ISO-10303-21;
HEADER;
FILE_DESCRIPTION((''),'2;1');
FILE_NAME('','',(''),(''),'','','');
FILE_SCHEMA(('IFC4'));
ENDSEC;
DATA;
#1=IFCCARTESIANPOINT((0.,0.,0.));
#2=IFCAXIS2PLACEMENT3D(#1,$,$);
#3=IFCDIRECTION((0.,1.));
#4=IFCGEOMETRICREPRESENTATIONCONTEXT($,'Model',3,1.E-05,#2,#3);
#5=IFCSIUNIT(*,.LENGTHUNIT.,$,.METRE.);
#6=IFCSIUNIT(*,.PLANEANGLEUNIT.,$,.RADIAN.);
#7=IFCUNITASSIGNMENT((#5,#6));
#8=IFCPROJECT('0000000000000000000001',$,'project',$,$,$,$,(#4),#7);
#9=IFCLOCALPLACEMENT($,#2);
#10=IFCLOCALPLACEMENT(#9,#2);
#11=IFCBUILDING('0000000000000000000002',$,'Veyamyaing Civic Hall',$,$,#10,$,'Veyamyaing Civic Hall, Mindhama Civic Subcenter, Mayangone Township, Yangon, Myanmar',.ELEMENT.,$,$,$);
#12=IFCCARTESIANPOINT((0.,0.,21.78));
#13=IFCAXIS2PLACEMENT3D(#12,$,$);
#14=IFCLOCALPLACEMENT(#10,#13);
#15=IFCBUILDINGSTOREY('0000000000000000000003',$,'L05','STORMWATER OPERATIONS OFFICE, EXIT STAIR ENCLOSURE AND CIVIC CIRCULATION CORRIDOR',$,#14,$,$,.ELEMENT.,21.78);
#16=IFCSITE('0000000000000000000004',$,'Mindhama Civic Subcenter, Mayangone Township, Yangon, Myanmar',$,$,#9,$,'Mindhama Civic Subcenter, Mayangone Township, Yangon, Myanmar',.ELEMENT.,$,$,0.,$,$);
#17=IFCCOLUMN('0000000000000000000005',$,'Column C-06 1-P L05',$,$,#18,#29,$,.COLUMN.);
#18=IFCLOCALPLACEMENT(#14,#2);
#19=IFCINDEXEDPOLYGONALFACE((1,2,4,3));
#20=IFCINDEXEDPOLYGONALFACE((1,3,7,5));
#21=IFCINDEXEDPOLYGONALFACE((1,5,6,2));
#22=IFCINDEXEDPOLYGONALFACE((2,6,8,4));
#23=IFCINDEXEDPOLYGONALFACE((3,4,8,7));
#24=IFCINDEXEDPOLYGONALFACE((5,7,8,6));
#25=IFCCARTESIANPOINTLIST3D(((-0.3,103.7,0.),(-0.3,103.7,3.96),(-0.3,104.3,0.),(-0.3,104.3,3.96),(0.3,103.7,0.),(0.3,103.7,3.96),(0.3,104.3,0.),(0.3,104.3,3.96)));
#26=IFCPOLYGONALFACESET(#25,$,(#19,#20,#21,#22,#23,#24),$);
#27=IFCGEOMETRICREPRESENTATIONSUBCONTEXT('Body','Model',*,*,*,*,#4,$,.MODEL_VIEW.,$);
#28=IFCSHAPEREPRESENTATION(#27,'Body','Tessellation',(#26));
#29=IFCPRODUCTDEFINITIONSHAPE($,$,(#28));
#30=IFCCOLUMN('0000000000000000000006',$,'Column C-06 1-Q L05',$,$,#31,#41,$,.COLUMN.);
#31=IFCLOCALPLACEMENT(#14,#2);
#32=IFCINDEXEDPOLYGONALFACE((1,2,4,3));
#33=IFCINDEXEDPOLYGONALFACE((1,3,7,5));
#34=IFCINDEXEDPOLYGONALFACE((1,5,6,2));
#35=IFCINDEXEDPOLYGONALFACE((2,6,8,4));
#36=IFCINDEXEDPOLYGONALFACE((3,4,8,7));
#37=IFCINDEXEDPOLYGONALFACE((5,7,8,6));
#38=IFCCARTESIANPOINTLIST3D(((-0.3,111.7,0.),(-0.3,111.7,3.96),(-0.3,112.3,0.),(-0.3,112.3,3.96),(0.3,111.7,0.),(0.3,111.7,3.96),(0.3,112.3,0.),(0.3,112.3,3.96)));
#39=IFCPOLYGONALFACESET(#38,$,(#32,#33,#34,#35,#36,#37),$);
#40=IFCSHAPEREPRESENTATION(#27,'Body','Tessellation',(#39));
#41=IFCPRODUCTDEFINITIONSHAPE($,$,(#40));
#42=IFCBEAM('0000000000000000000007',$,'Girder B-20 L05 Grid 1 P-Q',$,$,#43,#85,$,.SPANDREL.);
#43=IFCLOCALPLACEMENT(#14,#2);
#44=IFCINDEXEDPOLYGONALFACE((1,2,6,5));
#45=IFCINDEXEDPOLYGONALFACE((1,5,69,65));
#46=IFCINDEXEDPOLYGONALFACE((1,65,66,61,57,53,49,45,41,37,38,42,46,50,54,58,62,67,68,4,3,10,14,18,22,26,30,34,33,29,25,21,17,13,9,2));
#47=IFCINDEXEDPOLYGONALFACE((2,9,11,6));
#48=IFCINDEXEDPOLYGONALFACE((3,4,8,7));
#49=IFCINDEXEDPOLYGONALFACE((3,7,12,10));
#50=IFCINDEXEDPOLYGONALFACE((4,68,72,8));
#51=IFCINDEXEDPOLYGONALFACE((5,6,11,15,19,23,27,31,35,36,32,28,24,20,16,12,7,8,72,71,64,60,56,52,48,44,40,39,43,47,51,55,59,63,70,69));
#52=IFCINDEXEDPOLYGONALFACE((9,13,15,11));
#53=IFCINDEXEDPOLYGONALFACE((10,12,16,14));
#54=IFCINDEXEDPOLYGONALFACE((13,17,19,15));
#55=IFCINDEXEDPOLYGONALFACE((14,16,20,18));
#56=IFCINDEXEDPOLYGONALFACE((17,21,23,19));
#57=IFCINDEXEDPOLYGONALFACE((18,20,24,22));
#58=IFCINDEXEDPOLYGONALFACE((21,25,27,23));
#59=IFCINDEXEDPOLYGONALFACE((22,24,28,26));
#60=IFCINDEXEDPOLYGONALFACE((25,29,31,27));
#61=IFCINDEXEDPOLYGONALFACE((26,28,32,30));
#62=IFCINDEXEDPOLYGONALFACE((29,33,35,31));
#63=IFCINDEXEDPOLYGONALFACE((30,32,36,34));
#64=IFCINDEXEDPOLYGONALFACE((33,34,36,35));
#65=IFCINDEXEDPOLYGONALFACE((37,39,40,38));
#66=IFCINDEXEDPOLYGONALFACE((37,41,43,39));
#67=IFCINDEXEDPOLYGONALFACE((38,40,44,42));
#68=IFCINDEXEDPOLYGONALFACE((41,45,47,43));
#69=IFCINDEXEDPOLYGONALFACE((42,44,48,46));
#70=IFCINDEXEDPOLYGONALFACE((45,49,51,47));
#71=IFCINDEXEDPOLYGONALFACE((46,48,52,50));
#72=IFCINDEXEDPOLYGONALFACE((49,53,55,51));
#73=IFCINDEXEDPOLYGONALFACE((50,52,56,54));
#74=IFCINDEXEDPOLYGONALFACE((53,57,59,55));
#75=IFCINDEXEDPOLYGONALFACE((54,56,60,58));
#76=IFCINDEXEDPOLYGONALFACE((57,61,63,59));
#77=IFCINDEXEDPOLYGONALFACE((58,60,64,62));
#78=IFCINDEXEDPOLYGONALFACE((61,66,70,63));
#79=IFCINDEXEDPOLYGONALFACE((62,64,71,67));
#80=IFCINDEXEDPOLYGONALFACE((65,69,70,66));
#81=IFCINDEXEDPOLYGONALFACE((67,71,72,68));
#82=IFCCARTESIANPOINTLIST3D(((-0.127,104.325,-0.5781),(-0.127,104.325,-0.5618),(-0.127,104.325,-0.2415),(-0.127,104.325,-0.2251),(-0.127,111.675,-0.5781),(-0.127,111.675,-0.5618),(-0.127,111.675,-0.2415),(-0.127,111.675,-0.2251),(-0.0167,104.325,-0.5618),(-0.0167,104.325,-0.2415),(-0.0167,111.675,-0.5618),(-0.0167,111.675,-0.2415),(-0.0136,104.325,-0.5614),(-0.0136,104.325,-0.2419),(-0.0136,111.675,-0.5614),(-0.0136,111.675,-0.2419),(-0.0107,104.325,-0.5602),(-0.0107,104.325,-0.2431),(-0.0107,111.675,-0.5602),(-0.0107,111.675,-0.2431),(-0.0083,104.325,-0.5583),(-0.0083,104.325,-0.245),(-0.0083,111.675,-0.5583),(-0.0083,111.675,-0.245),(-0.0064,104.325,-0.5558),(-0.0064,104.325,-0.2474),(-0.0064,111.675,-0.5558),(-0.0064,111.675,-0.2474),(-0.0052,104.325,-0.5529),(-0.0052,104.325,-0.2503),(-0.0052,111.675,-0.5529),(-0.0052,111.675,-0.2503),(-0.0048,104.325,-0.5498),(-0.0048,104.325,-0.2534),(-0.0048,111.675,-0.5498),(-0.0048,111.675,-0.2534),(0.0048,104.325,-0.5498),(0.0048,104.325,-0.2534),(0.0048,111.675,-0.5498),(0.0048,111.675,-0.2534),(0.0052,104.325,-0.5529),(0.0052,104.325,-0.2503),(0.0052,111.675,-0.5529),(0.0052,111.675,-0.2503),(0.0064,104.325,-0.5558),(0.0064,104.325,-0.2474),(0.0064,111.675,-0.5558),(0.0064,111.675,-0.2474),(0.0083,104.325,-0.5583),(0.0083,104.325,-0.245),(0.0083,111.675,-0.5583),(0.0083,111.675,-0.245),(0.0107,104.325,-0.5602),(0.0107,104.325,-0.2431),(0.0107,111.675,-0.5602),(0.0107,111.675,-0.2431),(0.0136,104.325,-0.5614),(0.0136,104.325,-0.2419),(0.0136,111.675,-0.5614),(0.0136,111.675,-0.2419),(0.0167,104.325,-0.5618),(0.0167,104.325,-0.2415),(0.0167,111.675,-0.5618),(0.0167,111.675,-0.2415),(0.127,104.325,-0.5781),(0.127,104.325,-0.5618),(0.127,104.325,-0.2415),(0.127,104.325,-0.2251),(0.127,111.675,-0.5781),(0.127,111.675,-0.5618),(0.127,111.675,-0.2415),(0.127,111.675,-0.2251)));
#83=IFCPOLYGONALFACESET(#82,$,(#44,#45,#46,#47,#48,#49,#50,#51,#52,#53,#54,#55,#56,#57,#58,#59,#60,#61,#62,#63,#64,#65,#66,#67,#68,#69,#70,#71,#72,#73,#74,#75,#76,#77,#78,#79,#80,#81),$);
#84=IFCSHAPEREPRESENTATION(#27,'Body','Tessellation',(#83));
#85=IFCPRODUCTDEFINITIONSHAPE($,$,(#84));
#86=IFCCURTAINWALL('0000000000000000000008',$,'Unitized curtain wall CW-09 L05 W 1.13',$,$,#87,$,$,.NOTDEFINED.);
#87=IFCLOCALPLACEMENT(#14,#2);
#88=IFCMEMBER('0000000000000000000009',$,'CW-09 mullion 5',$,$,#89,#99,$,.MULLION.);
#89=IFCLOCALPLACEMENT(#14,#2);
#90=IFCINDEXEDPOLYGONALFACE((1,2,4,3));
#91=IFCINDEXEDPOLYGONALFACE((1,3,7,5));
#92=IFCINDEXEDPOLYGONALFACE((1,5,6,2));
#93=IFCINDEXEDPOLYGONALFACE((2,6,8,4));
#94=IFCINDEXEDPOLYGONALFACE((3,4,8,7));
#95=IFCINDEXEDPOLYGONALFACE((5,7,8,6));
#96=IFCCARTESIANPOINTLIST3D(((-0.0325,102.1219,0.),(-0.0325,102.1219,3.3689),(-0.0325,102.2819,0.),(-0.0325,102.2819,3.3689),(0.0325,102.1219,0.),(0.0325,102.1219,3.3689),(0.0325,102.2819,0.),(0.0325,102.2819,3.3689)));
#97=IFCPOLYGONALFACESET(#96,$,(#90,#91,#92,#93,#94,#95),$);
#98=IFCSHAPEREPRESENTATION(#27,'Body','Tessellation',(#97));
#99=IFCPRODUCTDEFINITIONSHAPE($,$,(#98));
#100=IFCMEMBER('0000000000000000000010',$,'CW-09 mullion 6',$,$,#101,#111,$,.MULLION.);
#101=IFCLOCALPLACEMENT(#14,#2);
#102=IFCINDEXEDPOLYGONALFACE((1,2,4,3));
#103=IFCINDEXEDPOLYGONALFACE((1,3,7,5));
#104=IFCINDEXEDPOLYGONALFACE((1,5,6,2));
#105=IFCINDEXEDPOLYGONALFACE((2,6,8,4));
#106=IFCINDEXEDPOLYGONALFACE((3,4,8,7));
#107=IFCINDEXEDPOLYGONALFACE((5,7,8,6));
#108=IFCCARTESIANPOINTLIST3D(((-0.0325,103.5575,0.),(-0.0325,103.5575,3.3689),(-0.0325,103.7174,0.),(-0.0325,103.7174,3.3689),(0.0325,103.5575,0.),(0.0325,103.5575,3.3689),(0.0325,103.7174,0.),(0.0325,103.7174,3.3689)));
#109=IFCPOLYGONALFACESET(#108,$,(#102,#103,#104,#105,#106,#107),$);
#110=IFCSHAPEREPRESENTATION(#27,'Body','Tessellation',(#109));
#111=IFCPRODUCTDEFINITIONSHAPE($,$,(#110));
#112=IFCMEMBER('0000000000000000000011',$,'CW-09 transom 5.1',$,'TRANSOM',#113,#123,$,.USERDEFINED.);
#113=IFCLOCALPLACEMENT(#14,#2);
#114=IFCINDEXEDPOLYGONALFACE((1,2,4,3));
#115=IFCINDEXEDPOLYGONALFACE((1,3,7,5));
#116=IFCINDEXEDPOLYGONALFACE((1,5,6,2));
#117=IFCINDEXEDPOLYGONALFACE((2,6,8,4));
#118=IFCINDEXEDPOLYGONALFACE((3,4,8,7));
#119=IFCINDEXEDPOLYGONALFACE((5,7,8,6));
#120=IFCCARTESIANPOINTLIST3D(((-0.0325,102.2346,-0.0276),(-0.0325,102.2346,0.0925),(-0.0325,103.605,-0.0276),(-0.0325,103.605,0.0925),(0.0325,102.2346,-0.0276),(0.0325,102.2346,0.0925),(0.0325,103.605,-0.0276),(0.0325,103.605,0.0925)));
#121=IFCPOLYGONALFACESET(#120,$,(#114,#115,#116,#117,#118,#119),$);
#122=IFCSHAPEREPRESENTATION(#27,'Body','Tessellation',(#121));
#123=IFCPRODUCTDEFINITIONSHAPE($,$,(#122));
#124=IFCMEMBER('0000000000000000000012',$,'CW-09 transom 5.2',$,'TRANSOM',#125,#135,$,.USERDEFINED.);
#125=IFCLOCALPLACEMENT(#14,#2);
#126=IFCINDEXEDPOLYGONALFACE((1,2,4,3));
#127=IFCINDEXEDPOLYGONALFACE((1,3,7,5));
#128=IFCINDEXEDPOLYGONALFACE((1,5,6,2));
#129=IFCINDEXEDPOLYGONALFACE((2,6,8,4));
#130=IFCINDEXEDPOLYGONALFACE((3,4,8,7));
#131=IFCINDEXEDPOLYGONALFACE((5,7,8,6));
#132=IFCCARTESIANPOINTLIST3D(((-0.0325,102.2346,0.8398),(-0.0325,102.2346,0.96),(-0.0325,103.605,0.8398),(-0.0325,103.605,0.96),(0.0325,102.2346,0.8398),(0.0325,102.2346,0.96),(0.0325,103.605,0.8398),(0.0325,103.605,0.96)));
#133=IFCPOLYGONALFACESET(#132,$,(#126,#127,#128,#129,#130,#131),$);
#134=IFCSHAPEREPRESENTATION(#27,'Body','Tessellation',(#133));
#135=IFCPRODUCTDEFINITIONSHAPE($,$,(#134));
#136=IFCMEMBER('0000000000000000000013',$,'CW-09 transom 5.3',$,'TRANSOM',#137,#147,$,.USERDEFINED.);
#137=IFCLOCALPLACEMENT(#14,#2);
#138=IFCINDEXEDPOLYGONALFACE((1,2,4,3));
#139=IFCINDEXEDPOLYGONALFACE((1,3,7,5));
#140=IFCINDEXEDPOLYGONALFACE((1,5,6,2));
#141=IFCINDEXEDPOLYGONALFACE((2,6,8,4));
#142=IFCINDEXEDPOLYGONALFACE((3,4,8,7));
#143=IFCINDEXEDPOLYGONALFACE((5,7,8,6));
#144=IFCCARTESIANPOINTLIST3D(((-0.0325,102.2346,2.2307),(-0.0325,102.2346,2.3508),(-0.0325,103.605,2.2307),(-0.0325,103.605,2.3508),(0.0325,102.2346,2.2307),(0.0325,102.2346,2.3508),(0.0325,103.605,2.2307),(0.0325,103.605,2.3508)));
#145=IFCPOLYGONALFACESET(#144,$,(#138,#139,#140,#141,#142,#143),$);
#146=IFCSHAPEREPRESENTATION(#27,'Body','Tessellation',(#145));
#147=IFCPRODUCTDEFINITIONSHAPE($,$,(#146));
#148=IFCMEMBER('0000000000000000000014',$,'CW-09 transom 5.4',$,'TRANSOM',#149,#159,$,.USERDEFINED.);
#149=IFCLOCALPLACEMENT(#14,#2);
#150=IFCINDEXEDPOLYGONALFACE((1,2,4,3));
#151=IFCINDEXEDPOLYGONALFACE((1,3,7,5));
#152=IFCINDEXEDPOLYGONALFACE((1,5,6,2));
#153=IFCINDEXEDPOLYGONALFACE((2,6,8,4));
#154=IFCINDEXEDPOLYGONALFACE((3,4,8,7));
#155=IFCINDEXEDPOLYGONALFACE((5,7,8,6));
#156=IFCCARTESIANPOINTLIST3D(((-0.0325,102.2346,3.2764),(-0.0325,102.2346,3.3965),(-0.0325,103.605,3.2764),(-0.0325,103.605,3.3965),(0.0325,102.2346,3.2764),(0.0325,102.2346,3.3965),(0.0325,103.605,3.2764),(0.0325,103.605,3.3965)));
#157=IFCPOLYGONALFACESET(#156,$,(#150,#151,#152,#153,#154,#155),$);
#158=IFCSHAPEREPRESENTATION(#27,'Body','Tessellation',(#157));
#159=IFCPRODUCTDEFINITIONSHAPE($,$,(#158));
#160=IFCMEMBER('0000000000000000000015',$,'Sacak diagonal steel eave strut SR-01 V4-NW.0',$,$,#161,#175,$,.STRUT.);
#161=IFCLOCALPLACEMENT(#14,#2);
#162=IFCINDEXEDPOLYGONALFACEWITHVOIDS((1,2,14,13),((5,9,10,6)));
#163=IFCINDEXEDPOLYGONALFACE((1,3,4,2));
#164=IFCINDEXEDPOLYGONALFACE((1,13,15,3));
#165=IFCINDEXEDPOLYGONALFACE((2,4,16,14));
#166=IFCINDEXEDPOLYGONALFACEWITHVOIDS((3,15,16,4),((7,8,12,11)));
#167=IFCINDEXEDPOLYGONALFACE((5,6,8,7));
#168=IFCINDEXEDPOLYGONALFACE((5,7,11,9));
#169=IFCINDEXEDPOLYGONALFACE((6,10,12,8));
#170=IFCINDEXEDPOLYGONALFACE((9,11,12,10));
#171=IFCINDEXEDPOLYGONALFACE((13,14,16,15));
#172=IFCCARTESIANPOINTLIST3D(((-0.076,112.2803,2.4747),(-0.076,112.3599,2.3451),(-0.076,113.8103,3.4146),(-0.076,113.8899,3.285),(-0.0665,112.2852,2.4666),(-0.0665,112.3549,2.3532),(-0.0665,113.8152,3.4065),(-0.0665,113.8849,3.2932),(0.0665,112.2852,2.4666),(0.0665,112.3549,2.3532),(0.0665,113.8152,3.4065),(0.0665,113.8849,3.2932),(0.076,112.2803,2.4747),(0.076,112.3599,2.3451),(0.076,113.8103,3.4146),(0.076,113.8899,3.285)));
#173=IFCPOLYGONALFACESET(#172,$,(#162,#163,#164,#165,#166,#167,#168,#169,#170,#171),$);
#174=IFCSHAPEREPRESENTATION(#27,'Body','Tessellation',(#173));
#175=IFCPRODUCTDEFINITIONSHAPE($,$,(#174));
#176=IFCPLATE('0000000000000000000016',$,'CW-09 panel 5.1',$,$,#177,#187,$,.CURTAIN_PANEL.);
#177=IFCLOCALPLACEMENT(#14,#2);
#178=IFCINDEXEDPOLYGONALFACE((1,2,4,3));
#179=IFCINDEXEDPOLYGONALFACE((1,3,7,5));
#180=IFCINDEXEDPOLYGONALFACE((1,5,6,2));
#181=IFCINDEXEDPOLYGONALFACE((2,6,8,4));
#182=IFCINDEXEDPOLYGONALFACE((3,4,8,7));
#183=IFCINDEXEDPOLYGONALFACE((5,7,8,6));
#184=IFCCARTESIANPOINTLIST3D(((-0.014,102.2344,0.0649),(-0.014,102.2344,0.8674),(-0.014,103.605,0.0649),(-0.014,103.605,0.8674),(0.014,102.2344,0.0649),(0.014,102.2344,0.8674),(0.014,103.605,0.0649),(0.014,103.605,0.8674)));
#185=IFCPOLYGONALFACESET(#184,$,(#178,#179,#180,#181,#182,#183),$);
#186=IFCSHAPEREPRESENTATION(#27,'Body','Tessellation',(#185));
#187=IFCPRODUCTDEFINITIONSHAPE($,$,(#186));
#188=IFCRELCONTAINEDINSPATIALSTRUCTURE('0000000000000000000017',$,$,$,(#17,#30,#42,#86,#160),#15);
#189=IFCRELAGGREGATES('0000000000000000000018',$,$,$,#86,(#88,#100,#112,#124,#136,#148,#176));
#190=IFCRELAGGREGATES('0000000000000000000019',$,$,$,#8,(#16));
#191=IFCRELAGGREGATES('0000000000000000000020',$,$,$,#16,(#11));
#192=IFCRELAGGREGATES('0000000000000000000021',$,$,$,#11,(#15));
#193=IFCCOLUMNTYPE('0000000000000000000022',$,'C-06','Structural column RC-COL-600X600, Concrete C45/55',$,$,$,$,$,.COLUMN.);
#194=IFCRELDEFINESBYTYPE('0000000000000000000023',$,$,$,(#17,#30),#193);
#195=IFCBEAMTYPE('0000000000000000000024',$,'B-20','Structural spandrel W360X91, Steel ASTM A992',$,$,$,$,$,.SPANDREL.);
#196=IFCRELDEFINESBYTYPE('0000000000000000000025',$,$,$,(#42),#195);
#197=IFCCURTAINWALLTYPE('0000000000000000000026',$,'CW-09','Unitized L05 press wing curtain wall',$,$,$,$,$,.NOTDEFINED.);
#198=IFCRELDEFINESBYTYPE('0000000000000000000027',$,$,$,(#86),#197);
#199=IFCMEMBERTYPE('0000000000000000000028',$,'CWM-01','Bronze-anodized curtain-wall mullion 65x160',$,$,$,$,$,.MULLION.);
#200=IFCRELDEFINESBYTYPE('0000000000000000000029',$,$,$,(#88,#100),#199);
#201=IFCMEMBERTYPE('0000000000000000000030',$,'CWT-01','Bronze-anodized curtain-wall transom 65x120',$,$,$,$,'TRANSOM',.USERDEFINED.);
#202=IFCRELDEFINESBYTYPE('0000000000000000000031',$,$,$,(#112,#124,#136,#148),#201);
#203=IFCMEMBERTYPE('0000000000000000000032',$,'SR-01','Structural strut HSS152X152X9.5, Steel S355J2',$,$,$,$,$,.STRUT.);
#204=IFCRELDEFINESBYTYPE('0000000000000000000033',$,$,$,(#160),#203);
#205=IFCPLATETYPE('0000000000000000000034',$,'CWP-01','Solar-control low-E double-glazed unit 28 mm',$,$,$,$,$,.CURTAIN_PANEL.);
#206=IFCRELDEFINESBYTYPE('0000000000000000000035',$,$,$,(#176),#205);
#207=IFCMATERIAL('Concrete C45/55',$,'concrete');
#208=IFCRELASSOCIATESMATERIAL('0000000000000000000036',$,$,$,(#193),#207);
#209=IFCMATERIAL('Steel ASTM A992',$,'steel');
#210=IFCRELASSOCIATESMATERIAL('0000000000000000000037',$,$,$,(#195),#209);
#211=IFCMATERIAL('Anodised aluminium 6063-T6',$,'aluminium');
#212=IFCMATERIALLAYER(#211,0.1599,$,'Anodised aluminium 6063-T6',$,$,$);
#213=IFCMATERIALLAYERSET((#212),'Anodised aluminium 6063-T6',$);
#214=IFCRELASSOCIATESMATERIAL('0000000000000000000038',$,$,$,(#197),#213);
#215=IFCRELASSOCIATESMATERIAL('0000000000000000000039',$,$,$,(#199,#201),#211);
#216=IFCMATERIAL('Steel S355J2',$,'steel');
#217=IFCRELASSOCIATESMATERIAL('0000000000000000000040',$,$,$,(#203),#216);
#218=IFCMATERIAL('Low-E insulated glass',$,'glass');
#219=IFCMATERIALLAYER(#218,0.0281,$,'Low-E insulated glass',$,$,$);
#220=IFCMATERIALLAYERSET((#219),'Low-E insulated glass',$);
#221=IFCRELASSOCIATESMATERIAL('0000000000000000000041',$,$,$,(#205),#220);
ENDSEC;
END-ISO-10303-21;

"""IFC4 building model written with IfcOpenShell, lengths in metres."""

from ifc_helpers import new_model, si_unit, direction, frame, origin, origin_2d, place, context, subcontext, project, spatial, rectangle, hollow_rectangle, i_section, extrude, material, layer, layer_set, material_profile, profile_set, type_object, element, aggregate, save


model = new_model("IFC4")

# Units and contexts
model_context = context("Model", 3, precision=1e-05, world=origin(), true_north=direction((0.0, 1.0)))
body_context = subcontext(model_context, "Body", "Model", "MODEL_VIEW")
ifc_project = project(units=[si_unit("LENGTHUNIT", "METRE"), si_unit("PLANEANGLEUNIT", "RADIAN")], contexts=[model_context])

# Site, building, storey
site_placement = place(None, origin())
site = spatial("IfcSite", under=ifc_project, at=site_placement, Name="Mindhama Civic Subcenter, Mayangone Township, Yangon, Myanmar", LongName="Mindhama Civic Subcenter, Mayangone Township, Yangon, Myanmar", CompositionType="ELEMENT", RefElevation=0.0)
building_placement = place(site_placement, origin())
building = spatial("IfcBuilding", under=site, at=building_placement, Name="Veyamyaing Civic Hall", LongName="Veyamyaing Civic Hall, Mindhama Civic Subcenter, Mayangone Township, Yangon, Myanmar", CompositionType="ELEMENT")
storey_placement = place(building_placement, frame((0.0, 0.0, 21.78)))
storey = spatial("IfcBuildingStorey", under=building, at=storey_placement, Name="L05", Description="STORMWATER OPERATIONS OFFICE, EXIT STAIR ENCLOSURE AND CIVIC CIRCULATION CORRIDOR", CompositionType="ELEMENT", Elevation=21.78)

# Columns
ifc_material_1 = material(Name="Concrete C45/55", Category="concrete")
ifc_material_profile_1 = material_profile(ifc_material_1, rectangle(XDim=0.6001, YDim=0.6001, at=origin_2d()), Name="RC-COL-600X600")
ifc_profile_set_1 = profile_set([ifc_material_profile_1], Name="Concrete C45/55")
column_type = type_object("IfcColumnType", Name="C-06", Description="Structural column RC-COL-600X600, Concrete C45/55", PredefinedType="COLUMN", material=ifc_profile_set_1)
for number, where, z_axis, x_axis, name in (
    (1, (0.0, 104.0, 0.0), (0.0, 0.0, 1.0), (1.0, 0.0, 0.0), "Column C-06 1-P L05"),
    (2, (0.0, 112.0, 0.0), (0.0, 0.0, 1.0), (1.0, 0.0, 0.0), "Column C-06 1-Q L05"),
):
    element("IfcColumn", number, at=place(storey_placement, frame(where, z_axis=z_axis, x_axis=x_axis)), inside=storey, type_object=column_type, Name=name, PredefinedType="COLUMN", context=body_context, shape_type="SweptSolid", body=[
        extrude(rectangle(XDim=0.6001, YDim=0.6001, at=origin_2d()), origin(), (0.0, 0.0, 1.0), 3.96),
    ])

# Beam
ifc_material_2 = material(Name="Steel ASTM A992", Category="steel")
ifc_material_profile_2 = material_profile(ifc_material_2, i_section(OverallWidth=0.2539, OverallDepth=0.353, WebThickness=0.0095, FlangeThickness=0.0164, FilletRadius=0.012, at=origin_2d()), Name="W360X91")
ifc_profile_set_2 = profile_set([ifc_material_profile_2], Name="Steel ASTM A992")
beam_type = type_object("IfcBeamType", Name="B-20", Description="Structural spandrel W360X91, Steel ASTM A992", PredefinedType="SPANDREL", material=ifc_profile_set_2)
beam_placement = place(storey_placement, frame((0.0, 104.325, -0.4016), z_axis=(0.0, 1.0, 0.0), x_axis=(-1.0, 0.0, 0.0)))
element("IfcBeam", 3, at=beam_placement, inside=storey, type_object=beam_type, Name="Girder B-20 L05 Grid 1 P-Q", PredefinedType="SPANDREL", context=body_context, shape_type="SweptSolid", body=[
    extrude(i_section(OverallWidth=0.2539, OverallDepth=0.353, WebThickness=0.0095, FlangeThickness=0.0164, FilletRadius=0.012, at=origin_2d()), origin(), (0.0, 0.0, 1.0), 7.3501),
])

# Curtain wall, members
ifc_material_3 = material(Name="Anodised aluminium 6063-T6", Category="aluminium")
ifc_layer_1 = layer(ifc_material_3, 0.1599, Name="Anodised aluminium 6063-T6")
ifc_layer_set_1 = layer_set([ifc_layer_1], Name="Anodised aluminium 6063-T6")
curtain_wall_type = type_object("IfcCurtainWallType", Name="CW-09", Description="Unitized L05 press wing curtain wall", PredefinedType="NOTDEFINED", material=ifc_layer_set_1)
curtain_wall_placement = place(storey_placement, origin())
curtain_wall = element("IfcCurtainWall", 4, at=curtain_wall_placement, inside=storey, type_object=curtain_wall_type, Name="Unitized curtain wall CW-09 L05 W 1.13", PredefinedType="NOTDEFINED")
ifc_material_profile_3 = material_profile(ifc_material_3, rectangle(XDim=0.0649, YDim=0.1599, at=origin_2d()), Name="ALU-MUL-65X160")
ifc_profile_set_3 = profile_set([ifc_material_profile_3], Name="Anodised aluminium 6063-T6")
member_type_1 = type_object("IfcMemberType", Name="CWM-01", Description="Bronze-anodized curtain-wall mullion 65x160", PredefinedType="MULLION", material=ifc_profile_set_3)
member_1_placement = place(storey_placement, frame((0.0, 102.2019, 0.0), z_axis=(0.0, 0.0, 1.0), x_axis=(-1.0, 0.0, 0.0)))
member_1 = element("IfcMember", 5, at=member_1_placement, type_object=member_type_1, Name="CW-09 mullion 5", PredefinedType="MULLION", context=body_context, shape_type="SweptSolid", body=[
    extrude(rectangle(XDim=0.0649, YDim=0.1599, at=origin_2d()), origin(), (0.0, 0.0, 1.0), 3.3689),
])
member_2_placement = place(storey_placement, frame((0.0, 103.6375, 0.0), z_axis=(0.0, 0.0, 1.0), x_axis=(-1.0, 0.0, 0.0)))
member_2 = element("IfcMember", 6, at=member_2_placement, type_object=member_type_1, Name="CW-09 mullion 6", PredefinedType="MULLION", context=body_context, shape_type="SweptSolid", body=[
    extrude(rectangle(XDim=0.0649, YDim=0.1599, at=origin_2d()), origin(), (0.0, 0.0, 1.0), 3.3689),
])
ifc_material_profile_4 = material_profile(ifc_material_3, rectangle(XDim=0.0649, YDim=0.1201, at=origin_2d()), Name="ALU-TRN-65X120")
ifc_profile_set_4 = profile_set([ifc_material_profile_4], Name="Anodised aluminium 6063-T6")
member_type_2 = type_object("IfcMemberType", Name="CWT-01", Description="Bronze-anodized curtain-wall transom 65x120", ElementType="TRANSOM", PredefinedType="USERDEFINED", material=ifc_profile_set_4)
member_3_placement = place(storey_placement, frame((0.0, 102.2346, 0.0325), z_axis=(0.0, 1.0, 0.0), x_axis=(-1.0, 0.0, 0.0)))
member_3 = element("IfcMember", 7, at=member_3_placement, type_object=member_type_2, Name="CW-09 transom 5.1", ObjectType="TRANSOM", PredefinedType="USERDEFINED", context=body_context, shape_type="SweptSolid", body=[
    extrude(rectangle(XDim=0.0649, YDim=0.1201, at=origin_2d()), origin(), (0.0, 0.0, 1.0), 1.3704),
])
member_4_placement = place(storey_placement, frame((0.0, 102.2346, 0.8999), z_axis=(0.0, 1.0, 0.0), x_axis=(-1.0, 0.0, 0.0)))
member_4 = element("IfcMember", 8, at=member_4_placement, type_object=member_type_2, Name="CW-09 transom 5.2", ObjectType="TRANSOM", PredefinedType="USERDEFINED", context=body_context, shape_type="SweptSolid", body=[
    extrude(rectangle(XDim=0.0649, YDim=0.1201, at=origin_2d()), origin(), (0.0, 0.0, 1.0), 1.3704),
])
member_5_placement = place(storey_placement, frame((0.0, 102.2346, 2.2908), z_axis=(0.0, 1.0, 0.0), x_axis=(-1.0, 0.0, 0.0)))
member_5 = element("IfcMember", 9, at=member_5_placement, type_object=member_type_2, Name="CW-09 transom 5.3", ObjectType="TRANSOM", PredefinedType="USERDEFINED", context=body_context, shape_type="SweptSolid", body=[
    extrude(rectangle(XDim=0.0649, YDim=0.1201, at=origin_2d()), origin(), (0.0, 0.0, 1.0), 1.3704),
])
member_6_placement = place(storey_placement, frame((0.0, 102.2346, 3.3364), z_axis=(0.0, 1.0, 0.0), x_axis=(-1.0, 0.0, 0.0)))
member_6 = element("IfcMember", 10, at=member_6_placement, type_object=member_type_2, Name="CW-09 transom 5.4", ObjectType="TRANSOM", PredefinedType="USERDEFINED", context=body_context, shape_type="SweptSolid", body=[
    extrude(rectangle(XDim=0.0649, YDim=0.1201, at=origin_2d()), origin(), (0.0, 0.0, 1.0), 1.3704),
])

# Member
ifc_material_4 = material(Name="Steel S355J2", Category="steel")
ifc_material_profile_5 = material_profile(ifc_material_4, hollow_rectangle(XDim=0.1521, YDim=0.1521, WallThickness=0.0095, at=origin_2d()), Name="HSS152X152X9.5")
ifc_profile_set_5 = profile_set([ifc_material_profile_5], Name="Steel S355J2")
member_type_3 = type_object("IfcMemberType", Name="SR-01", Description="Structural strut HSS152X152X9.5, Steel S355J2", PredefinedType="STRUT", material=ifc_profile_set_5)
member_7_placement = place(storey_placement, frame((0.0, 112.3201, 2.4099), z_axis=(0.0, 0.85206, 0.523445), x_axis=(-1.0, 0.0, 0.0)))
element("IfcMember", 11, at=member_7_placement, inside=storey, type_object=member_type_3, Name="Sacak diagonal steel eave strut SR-01 V4-NW.0", PredefinedType="STRUT", context=body_context, shape_type="SweptSolid", body=[
    extrude(hollow_rectangle(XDim=0.1521, YDim=0.1521, WallThickness=0.0095, at=origin_2d()), origin(), (0.0, 0.0, 1.0), 1.7957),
])

# Plate
ifc_material_5 = material(Name="Low-E insulated glass", Category="glass")
ifc_layer_2 = layer(ifc_material_5, 0.0281, Name="Low-E insulated glass")
ifc_layer_set_2 = layer_set([ifc_layer_2], Name="Low-E insulated glass")
plate_type_1 = type_object("IfcPlateType", Name="CWP-01", Description="Solar-control low-E double-glazed unit 28 mm", PredefinedType="CURTAIN_PANEL", material=ifc_layer_set_2)
plate_1_placement = place(storey_placement, frame((0.0, 102.9197, 0.0649), z_axis=(0.0, 0.0, 1.0), x_axis=(0.0, 1.0, 0.0)))
plate_1 = element("IfcPlate", 12, at=plate_1_placement, type_object=plate_type_1, Name="CW-09 panel 5.1", PredefinedType="CURTAIN_PANEL", context=body_context, shape_type="SweptSolid", body=[
    extrude(rectangle(XDim=1.3706, YDim=0.0281, at=origin_2d()), origin(), (0.0, 0.0, 1.0), 0.8025),
])
aggregate(curtain_wall, [member_1, member_2, member_3, member_4, member_5, member_6, plate_1])

save(model, "model.ifc")
